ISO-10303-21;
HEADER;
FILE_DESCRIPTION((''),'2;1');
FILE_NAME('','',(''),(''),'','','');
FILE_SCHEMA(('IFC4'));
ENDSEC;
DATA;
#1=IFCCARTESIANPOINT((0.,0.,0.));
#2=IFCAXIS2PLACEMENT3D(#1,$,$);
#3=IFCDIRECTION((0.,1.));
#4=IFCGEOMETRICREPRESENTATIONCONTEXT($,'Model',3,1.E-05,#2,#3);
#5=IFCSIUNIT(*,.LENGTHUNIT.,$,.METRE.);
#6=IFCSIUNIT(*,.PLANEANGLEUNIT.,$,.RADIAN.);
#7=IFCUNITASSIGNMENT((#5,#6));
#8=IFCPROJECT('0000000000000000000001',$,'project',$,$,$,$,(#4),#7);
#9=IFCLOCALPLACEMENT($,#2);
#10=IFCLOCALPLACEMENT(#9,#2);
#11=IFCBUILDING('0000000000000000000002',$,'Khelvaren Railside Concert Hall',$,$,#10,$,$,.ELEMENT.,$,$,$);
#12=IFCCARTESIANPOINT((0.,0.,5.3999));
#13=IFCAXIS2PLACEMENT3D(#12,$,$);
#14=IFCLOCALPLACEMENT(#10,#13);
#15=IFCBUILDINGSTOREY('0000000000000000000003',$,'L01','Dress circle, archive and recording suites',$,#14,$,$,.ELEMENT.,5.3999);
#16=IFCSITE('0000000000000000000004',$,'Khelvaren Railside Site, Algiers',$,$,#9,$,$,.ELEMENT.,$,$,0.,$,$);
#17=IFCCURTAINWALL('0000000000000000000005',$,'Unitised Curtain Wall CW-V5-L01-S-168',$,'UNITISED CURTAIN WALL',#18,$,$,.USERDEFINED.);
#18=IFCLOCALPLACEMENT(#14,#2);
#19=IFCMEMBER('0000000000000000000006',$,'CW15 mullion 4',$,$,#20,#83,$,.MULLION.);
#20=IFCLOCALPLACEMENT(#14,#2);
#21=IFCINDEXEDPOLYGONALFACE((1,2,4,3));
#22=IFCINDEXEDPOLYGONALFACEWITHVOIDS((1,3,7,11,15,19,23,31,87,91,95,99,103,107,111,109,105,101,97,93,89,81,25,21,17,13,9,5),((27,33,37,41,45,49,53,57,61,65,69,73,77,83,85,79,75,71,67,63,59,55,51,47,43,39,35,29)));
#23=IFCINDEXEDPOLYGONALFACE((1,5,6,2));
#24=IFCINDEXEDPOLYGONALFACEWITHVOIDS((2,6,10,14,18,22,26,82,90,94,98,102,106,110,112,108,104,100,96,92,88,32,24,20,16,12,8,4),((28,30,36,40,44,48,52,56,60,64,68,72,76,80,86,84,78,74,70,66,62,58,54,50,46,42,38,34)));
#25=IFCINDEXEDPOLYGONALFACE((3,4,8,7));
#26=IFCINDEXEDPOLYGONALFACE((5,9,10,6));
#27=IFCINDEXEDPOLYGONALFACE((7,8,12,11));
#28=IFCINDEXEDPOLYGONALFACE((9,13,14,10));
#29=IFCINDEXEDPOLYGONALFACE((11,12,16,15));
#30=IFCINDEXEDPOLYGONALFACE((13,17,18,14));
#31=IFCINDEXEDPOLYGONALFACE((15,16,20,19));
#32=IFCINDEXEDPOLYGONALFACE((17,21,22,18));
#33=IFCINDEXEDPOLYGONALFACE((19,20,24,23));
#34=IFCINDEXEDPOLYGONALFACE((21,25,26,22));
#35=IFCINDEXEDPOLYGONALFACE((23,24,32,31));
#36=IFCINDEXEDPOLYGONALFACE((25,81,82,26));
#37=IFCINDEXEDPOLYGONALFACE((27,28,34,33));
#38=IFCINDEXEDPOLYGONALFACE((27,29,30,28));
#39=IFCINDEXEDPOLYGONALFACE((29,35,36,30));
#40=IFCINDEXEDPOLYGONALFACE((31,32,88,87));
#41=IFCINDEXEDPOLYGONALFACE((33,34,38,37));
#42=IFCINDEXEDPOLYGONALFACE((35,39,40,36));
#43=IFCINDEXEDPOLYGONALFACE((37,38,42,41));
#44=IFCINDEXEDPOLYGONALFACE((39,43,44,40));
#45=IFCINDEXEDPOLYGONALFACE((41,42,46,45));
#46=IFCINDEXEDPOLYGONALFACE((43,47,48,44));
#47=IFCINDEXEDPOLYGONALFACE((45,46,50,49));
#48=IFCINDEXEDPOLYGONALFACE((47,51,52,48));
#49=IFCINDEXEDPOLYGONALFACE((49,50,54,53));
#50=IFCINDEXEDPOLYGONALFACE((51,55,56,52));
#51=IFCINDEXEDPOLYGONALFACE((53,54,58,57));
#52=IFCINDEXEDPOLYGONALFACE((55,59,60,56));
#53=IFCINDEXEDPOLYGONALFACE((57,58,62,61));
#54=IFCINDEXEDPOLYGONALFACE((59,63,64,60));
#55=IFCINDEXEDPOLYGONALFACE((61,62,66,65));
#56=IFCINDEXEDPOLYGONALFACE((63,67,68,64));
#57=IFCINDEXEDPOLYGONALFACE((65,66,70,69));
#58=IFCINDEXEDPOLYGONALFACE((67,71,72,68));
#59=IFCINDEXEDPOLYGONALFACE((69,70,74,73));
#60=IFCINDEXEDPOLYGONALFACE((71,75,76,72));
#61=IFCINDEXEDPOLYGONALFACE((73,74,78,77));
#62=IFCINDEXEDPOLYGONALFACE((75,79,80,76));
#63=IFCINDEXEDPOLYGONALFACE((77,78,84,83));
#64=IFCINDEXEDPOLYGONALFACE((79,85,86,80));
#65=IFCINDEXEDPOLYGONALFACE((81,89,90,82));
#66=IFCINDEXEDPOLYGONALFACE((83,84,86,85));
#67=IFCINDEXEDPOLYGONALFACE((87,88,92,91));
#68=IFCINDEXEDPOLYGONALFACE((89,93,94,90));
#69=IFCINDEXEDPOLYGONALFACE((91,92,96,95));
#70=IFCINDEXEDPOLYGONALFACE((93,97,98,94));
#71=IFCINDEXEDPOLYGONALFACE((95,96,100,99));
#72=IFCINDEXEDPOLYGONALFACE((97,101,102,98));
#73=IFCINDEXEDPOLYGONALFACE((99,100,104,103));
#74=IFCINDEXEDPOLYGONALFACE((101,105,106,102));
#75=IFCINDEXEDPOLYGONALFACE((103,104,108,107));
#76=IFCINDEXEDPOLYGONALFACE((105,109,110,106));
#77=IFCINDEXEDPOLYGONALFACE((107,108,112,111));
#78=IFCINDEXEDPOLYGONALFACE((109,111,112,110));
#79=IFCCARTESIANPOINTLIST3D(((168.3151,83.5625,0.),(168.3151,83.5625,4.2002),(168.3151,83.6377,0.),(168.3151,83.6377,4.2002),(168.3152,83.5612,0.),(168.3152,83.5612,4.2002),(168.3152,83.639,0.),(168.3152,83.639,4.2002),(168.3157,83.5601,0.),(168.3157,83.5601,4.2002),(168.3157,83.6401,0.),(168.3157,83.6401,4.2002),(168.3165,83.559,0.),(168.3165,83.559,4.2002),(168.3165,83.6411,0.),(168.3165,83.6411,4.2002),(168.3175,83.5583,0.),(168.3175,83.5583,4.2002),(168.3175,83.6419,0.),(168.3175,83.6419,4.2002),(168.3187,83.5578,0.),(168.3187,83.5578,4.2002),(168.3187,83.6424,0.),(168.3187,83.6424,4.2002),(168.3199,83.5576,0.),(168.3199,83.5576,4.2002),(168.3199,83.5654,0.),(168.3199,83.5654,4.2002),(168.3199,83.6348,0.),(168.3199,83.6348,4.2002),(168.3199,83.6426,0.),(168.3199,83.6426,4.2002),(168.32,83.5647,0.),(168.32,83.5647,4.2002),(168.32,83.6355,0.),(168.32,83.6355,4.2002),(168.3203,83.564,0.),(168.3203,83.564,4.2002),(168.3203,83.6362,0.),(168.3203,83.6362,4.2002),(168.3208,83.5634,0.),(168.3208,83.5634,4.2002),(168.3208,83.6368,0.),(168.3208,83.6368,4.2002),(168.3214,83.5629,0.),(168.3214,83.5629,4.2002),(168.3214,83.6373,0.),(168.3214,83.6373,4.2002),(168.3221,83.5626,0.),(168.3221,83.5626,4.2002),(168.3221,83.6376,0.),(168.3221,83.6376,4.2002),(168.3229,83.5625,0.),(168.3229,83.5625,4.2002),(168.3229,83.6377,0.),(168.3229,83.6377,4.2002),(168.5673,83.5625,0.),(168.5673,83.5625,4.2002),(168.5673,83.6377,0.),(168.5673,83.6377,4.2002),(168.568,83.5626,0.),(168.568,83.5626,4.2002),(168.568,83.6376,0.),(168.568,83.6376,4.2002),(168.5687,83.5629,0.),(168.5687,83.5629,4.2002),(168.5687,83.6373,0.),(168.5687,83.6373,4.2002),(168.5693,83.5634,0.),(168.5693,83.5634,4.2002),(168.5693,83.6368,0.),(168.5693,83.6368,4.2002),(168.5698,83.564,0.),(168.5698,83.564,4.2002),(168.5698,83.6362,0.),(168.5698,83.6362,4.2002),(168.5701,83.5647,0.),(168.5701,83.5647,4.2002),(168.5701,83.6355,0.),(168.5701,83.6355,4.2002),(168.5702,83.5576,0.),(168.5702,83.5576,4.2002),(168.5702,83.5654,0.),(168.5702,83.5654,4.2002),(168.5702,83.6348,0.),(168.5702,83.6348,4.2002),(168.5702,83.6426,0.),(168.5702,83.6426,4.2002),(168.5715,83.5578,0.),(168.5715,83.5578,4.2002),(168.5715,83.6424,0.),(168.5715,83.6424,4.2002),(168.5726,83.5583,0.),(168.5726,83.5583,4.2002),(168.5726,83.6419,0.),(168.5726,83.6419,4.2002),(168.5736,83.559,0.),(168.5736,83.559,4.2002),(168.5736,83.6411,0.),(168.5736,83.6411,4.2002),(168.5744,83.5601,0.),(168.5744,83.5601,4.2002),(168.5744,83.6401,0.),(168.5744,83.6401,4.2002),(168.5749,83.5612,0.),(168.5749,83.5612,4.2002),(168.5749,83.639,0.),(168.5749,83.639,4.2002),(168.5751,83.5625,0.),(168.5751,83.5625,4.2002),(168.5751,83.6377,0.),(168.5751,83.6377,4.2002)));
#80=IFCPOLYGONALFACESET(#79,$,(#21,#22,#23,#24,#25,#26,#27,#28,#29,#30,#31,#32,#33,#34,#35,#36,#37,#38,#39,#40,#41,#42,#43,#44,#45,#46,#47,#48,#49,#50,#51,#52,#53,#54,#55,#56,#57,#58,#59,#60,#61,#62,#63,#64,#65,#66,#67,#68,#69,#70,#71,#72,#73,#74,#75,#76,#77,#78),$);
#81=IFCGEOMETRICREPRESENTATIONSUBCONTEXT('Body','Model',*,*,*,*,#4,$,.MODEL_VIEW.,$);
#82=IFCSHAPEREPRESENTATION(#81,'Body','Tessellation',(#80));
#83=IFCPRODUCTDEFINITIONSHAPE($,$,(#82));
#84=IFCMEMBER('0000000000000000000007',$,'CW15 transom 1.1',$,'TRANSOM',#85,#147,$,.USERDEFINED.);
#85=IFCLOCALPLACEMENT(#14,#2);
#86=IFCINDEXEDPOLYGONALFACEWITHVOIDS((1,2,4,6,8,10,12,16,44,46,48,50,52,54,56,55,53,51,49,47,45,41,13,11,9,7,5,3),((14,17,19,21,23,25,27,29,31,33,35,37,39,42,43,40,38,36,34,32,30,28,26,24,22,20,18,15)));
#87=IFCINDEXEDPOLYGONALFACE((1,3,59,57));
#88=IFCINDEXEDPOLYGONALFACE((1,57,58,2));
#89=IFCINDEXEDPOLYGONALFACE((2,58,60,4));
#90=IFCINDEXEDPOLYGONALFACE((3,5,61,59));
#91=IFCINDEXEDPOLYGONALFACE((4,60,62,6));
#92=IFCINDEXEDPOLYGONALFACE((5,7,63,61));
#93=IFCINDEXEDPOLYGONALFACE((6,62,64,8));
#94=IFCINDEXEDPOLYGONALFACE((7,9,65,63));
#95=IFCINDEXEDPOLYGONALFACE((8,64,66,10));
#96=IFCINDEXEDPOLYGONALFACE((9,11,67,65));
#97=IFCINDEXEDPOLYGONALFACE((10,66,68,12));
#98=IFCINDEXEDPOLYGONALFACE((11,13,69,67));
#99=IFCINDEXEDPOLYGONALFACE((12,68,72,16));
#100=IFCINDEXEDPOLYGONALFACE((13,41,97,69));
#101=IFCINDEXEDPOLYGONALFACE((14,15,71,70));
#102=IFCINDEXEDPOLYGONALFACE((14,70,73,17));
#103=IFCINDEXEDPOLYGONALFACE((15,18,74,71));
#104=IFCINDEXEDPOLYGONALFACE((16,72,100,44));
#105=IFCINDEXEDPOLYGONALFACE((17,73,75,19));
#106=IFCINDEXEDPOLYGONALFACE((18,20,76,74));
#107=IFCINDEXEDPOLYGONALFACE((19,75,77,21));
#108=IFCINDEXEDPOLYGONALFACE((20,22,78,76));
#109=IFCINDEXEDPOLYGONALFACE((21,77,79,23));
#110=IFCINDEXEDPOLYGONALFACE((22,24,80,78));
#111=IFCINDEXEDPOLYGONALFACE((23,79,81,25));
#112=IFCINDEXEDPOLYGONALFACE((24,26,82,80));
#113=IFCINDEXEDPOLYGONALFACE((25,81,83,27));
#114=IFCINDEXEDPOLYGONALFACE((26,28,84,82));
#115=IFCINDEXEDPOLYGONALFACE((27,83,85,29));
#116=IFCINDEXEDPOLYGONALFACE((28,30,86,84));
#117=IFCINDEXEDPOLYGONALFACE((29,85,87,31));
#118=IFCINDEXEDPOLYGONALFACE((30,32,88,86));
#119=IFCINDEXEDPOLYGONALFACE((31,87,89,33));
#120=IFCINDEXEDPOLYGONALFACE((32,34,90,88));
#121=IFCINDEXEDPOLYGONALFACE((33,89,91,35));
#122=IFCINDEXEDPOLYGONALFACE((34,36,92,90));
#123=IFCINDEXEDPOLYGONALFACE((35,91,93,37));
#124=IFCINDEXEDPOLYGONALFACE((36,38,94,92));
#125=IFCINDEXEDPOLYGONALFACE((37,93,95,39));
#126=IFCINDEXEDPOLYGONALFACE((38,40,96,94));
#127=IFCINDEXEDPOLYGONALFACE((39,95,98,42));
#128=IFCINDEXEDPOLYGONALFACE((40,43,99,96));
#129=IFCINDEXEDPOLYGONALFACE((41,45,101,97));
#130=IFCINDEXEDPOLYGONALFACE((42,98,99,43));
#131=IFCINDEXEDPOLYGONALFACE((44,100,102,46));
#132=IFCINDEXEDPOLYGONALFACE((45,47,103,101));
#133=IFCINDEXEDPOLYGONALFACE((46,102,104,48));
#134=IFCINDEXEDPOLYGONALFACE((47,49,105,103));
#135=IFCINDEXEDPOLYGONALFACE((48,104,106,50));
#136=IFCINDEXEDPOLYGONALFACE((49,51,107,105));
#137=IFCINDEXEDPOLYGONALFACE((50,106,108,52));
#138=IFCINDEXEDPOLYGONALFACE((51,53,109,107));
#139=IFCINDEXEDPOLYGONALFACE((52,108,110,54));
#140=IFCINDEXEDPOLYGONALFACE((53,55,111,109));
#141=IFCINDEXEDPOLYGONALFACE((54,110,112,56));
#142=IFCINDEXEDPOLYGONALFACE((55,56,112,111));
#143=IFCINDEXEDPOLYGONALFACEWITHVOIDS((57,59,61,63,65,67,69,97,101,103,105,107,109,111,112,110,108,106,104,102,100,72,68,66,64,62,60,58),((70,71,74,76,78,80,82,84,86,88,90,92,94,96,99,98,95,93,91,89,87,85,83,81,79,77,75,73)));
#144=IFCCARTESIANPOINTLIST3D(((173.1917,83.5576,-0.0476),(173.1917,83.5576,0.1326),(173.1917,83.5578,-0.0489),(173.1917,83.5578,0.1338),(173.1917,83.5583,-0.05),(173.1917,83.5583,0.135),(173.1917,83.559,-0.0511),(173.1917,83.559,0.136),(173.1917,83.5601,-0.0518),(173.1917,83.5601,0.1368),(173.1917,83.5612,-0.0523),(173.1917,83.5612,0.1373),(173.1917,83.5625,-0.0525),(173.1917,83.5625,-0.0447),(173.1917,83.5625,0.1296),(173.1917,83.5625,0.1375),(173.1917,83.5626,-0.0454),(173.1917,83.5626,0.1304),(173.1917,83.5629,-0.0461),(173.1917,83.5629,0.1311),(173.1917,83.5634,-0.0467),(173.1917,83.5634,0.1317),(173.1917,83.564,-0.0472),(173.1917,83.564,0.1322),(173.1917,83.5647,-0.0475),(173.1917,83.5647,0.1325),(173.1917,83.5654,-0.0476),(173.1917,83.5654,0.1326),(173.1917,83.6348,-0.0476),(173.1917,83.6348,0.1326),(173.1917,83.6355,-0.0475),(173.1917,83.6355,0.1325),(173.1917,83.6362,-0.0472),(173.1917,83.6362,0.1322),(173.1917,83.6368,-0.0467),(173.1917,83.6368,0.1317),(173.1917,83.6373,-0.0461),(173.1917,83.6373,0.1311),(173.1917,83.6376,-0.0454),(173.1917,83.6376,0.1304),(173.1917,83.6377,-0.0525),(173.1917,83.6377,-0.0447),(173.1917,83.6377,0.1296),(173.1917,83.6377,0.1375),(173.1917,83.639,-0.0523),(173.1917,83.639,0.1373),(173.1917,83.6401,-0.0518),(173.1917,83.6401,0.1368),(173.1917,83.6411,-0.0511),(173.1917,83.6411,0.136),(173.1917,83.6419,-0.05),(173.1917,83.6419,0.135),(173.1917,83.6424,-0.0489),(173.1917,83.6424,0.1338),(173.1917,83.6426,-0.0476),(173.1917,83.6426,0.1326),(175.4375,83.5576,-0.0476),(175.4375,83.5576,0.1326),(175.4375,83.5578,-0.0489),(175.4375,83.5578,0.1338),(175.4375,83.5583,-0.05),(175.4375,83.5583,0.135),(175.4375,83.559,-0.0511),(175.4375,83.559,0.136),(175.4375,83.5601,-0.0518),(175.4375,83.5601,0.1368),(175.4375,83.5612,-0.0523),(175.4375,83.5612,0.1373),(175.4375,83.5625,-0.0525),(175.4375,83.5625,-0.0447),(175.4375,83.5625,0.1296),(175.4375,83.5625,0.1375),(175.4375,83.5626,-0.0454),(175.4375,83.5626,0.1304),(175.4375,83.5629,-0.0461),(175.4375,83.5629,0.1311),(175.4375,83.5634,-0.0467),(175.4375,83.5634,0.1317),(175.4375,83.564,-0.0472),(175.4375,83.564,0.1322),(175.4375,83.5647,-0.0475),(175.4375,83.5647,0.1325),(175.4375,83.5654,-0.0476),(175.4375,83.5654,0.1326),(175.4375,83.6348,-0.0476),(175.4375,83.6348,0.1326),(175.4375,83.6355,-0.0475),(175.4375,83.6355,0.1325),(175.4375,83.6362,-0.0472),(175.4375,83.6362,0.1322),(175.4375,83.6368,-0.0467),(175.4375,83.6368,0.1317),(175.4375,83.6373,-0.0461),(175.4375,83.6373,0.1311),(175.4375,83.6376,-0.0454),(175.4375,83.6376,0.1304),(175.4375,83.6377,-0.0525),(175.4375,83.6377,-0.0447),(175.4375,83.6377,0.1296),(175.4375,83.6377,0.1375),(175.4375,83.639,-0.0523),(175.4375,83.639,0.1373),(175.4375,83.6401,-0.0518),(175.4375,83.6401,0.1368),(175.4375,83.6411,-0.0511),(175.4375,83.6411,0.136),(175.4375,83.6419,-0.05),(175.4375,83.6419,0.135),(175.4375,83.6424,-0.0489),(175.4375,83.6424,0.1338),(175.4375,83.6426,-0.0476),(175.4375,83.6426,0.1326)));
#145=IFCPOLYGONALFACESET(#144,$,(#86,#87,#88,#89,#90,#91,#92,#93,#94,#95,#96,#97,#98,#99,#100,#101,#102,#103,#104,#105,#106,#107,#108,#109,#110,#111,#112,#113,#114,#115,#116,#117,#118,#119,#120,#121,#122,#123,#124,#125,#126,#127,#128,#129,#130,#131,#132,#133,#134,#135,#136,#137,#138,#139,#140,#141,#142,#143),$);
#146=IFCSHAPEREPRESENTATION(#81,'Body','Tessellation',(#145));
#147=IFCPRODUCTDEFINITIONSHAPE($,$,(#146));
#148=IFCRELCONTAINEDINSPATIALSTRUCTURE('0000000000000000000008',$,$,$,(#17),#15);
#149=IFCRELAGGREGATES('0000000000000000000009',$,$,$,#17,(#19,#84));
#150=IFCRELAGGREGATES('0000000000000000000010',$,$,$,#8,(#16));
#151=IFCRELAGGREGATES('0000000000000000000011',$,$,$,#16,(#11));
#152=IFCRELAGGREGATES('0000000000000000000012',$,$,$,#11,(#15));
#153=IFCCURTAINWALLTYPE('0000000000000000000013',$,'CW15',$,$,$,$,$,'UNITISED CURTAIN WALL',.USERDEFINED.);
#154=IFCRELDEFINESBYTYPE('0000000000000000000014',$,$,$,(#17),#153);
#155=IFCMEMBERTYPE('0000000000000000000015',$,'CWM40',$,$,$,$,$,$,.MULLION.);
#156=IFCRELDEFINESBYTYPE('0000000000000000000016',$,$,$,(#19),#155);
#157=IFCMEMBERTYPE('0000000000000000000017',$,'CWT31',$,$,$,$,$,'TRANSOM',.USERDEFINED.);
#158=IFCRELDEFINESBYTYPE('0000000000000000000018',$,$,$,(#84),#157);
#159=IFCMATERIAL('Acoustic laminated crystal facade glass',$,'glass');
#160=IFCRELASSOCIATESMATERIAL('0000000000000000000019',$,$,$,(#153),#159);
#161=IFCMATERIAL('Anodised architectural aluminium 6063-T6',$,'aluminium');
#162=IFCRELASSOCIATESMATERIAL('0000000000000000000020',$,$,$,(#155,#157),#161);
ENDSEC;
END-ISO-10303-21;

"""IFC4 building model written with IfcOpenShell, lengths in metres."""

from ifc_helpers import new_model, si_unit, direction, frame, origin, origin_2d, place, context, subcontext, project, spatial, hollow_rectangle, extrude, material, material_profile, profile_set, type_object, element, aggregate, save


model = new_model("IFC4")

# Units and contexts
model_context = context("Model", 3, precision=1e-05, world=origin(), true_north=direction((0.0, 1.0)))
body_context = subcontext(model_context, "Body", "Model", "MODEL_VIEW")
ifc_project = project(units=[si_unit("LENGTHUNIT", "METRE"), si_unit("PLANEANGLEUNIT", "RADIAN")], contexts=[model_context])

# Site, building, storey
site_placement = place(None, origin())
site = spatial("IfcSite", under=ifc_project, at=site_placement, Name="Khelvaren Railside Site, Algiers", CompositionType="ELEMENT", RefElevation=0.0)
building_placement = place(site_placement, origin())
building = spatial("IfcBuilding", under=site, at=building_placement, Name="Khelvaren Railside Concert Hall", CompositionType="ELEMENT")
storey_placement = place(building_placement, frame((0.0, 0.0, 5.3999)))
storey = spatial("IfcBuildingStorey", under=building, at=storey_placement, Name="L01", Description="Dress circle, archive and recording suites", CompositionType="ELEMENT", Elevation=5.3999)

# Curtain wall, members
ifc_material_1 = material(Name="Acoustic laminated crystal facade glass", Category="glass")
curtain_wall_type = type_object("IfcCurtainWallType", Name="CW15", ElementType="UNITISED CURTAIN WALL", PredefinedType="USERDEFINED", material=ifc_material_1)
curtain_wall_placement = place(storey_placement, origin())
curtain_wall = element("IfcCurtainWall", 1, at=curtain_wall_placement, inside=storey, type_object=curtain_wall_type, Name="Unitised Curtain Wall CW-V5-L01-S-168", ObjectType="UNITISED CURTAIN WALL", PredefinedType="USERDEFINED")
ifc_material_2 = material(Name="Anodised architectural aluminium 6063-T6", Category="aluminium")
ifc_material_profile_1 = material_profile(ifc_material_2, hollow_rectangle(XDim=0.085, YDim=0.26, WallThickness=0.0049, InnerFilletRadius=0.0029, OuterFilletRadius=0.0049, at=origin_2d()), Name="CWM 85x260x5")
ifc_profile_set_1 = profile_set([ifc_material_profile_1], Name="Anodised architectural aluminium 6063-T6")
member_type_1 = type_object("IfcMemberType", Name="CWM40", PredefinedType="MULLION", material=ifc_profile_set_1)
member_1_placement = place(storey_placement, frame((168.4451, 83.6001, 0.0), z_axis=(0.0, 0.0, 1.0), x_axis=(0.0, -1.0, 0.0)))
member_1 = element("IfcMember", 2, at=member_1_placement, type_object=member_type_1, Name="CW15 mullion 4", PredefinedType="MULLION", context=body_context, shape_type="SweptSolid", body=[
    extrude(hollow_rectangle(XDim=0.085, YDim=0.26, WallThickness=0.0049, InnerFilletRadius=0.0029, OuterFilletRadius=0.0049, at=origin_2d()), origin(), (0.0, 0.0, 1.0), 4.2002),
])
ifc_material_profile_2 = material_profile(ifc_material_2, hollow_rectangle(XDim=0.085, YDim=0.1899, WallThickness=0.0049, InnerFilletRadius=0.0029, OuterFilletRadius=0.0049, at=origin_2d()), Name="CWT 85x190x5")
ifc_profile_set_2 = profile_set([ifc_material_profile_2], Name="Anodised architectural aluminium 6063-T6")
member_type_2 = type_object("IfcMemberType", Name="CWT31", ElementType="TRANSOM", PredefinedType="USERDEFINED", material=ifc_profile_set_2)
member_2_placement = place(storey_placement, frame((175.4375, 83.6001, 0.0425), z_axis=(-1.0, 0.0, 0.0), x_axis=(0.0, -1.0, 0.0)))
member_2 = element("IfcMember", 3, at=member_2_placement, type_object=member_type_2, Name="CW15 transom 1.1", ObjectType="TRANSOM", PredefinedType="USERDEFINED", context=body_context, shape_type="SweptSolid", body=[
    extrude(hollow_rectangle(XDim=0.085, YDim=0.1899, WallThickness=0.0049, InnerFilletRadius=0.0029, OuterFilletRadius=0.0049, at=origin_2d()), origin(), (0.0, 0.0, 1.0), 2.2458),
])

aggregate(curtain_wall, [member_1, member_2])

save(model, "model.ifc")
